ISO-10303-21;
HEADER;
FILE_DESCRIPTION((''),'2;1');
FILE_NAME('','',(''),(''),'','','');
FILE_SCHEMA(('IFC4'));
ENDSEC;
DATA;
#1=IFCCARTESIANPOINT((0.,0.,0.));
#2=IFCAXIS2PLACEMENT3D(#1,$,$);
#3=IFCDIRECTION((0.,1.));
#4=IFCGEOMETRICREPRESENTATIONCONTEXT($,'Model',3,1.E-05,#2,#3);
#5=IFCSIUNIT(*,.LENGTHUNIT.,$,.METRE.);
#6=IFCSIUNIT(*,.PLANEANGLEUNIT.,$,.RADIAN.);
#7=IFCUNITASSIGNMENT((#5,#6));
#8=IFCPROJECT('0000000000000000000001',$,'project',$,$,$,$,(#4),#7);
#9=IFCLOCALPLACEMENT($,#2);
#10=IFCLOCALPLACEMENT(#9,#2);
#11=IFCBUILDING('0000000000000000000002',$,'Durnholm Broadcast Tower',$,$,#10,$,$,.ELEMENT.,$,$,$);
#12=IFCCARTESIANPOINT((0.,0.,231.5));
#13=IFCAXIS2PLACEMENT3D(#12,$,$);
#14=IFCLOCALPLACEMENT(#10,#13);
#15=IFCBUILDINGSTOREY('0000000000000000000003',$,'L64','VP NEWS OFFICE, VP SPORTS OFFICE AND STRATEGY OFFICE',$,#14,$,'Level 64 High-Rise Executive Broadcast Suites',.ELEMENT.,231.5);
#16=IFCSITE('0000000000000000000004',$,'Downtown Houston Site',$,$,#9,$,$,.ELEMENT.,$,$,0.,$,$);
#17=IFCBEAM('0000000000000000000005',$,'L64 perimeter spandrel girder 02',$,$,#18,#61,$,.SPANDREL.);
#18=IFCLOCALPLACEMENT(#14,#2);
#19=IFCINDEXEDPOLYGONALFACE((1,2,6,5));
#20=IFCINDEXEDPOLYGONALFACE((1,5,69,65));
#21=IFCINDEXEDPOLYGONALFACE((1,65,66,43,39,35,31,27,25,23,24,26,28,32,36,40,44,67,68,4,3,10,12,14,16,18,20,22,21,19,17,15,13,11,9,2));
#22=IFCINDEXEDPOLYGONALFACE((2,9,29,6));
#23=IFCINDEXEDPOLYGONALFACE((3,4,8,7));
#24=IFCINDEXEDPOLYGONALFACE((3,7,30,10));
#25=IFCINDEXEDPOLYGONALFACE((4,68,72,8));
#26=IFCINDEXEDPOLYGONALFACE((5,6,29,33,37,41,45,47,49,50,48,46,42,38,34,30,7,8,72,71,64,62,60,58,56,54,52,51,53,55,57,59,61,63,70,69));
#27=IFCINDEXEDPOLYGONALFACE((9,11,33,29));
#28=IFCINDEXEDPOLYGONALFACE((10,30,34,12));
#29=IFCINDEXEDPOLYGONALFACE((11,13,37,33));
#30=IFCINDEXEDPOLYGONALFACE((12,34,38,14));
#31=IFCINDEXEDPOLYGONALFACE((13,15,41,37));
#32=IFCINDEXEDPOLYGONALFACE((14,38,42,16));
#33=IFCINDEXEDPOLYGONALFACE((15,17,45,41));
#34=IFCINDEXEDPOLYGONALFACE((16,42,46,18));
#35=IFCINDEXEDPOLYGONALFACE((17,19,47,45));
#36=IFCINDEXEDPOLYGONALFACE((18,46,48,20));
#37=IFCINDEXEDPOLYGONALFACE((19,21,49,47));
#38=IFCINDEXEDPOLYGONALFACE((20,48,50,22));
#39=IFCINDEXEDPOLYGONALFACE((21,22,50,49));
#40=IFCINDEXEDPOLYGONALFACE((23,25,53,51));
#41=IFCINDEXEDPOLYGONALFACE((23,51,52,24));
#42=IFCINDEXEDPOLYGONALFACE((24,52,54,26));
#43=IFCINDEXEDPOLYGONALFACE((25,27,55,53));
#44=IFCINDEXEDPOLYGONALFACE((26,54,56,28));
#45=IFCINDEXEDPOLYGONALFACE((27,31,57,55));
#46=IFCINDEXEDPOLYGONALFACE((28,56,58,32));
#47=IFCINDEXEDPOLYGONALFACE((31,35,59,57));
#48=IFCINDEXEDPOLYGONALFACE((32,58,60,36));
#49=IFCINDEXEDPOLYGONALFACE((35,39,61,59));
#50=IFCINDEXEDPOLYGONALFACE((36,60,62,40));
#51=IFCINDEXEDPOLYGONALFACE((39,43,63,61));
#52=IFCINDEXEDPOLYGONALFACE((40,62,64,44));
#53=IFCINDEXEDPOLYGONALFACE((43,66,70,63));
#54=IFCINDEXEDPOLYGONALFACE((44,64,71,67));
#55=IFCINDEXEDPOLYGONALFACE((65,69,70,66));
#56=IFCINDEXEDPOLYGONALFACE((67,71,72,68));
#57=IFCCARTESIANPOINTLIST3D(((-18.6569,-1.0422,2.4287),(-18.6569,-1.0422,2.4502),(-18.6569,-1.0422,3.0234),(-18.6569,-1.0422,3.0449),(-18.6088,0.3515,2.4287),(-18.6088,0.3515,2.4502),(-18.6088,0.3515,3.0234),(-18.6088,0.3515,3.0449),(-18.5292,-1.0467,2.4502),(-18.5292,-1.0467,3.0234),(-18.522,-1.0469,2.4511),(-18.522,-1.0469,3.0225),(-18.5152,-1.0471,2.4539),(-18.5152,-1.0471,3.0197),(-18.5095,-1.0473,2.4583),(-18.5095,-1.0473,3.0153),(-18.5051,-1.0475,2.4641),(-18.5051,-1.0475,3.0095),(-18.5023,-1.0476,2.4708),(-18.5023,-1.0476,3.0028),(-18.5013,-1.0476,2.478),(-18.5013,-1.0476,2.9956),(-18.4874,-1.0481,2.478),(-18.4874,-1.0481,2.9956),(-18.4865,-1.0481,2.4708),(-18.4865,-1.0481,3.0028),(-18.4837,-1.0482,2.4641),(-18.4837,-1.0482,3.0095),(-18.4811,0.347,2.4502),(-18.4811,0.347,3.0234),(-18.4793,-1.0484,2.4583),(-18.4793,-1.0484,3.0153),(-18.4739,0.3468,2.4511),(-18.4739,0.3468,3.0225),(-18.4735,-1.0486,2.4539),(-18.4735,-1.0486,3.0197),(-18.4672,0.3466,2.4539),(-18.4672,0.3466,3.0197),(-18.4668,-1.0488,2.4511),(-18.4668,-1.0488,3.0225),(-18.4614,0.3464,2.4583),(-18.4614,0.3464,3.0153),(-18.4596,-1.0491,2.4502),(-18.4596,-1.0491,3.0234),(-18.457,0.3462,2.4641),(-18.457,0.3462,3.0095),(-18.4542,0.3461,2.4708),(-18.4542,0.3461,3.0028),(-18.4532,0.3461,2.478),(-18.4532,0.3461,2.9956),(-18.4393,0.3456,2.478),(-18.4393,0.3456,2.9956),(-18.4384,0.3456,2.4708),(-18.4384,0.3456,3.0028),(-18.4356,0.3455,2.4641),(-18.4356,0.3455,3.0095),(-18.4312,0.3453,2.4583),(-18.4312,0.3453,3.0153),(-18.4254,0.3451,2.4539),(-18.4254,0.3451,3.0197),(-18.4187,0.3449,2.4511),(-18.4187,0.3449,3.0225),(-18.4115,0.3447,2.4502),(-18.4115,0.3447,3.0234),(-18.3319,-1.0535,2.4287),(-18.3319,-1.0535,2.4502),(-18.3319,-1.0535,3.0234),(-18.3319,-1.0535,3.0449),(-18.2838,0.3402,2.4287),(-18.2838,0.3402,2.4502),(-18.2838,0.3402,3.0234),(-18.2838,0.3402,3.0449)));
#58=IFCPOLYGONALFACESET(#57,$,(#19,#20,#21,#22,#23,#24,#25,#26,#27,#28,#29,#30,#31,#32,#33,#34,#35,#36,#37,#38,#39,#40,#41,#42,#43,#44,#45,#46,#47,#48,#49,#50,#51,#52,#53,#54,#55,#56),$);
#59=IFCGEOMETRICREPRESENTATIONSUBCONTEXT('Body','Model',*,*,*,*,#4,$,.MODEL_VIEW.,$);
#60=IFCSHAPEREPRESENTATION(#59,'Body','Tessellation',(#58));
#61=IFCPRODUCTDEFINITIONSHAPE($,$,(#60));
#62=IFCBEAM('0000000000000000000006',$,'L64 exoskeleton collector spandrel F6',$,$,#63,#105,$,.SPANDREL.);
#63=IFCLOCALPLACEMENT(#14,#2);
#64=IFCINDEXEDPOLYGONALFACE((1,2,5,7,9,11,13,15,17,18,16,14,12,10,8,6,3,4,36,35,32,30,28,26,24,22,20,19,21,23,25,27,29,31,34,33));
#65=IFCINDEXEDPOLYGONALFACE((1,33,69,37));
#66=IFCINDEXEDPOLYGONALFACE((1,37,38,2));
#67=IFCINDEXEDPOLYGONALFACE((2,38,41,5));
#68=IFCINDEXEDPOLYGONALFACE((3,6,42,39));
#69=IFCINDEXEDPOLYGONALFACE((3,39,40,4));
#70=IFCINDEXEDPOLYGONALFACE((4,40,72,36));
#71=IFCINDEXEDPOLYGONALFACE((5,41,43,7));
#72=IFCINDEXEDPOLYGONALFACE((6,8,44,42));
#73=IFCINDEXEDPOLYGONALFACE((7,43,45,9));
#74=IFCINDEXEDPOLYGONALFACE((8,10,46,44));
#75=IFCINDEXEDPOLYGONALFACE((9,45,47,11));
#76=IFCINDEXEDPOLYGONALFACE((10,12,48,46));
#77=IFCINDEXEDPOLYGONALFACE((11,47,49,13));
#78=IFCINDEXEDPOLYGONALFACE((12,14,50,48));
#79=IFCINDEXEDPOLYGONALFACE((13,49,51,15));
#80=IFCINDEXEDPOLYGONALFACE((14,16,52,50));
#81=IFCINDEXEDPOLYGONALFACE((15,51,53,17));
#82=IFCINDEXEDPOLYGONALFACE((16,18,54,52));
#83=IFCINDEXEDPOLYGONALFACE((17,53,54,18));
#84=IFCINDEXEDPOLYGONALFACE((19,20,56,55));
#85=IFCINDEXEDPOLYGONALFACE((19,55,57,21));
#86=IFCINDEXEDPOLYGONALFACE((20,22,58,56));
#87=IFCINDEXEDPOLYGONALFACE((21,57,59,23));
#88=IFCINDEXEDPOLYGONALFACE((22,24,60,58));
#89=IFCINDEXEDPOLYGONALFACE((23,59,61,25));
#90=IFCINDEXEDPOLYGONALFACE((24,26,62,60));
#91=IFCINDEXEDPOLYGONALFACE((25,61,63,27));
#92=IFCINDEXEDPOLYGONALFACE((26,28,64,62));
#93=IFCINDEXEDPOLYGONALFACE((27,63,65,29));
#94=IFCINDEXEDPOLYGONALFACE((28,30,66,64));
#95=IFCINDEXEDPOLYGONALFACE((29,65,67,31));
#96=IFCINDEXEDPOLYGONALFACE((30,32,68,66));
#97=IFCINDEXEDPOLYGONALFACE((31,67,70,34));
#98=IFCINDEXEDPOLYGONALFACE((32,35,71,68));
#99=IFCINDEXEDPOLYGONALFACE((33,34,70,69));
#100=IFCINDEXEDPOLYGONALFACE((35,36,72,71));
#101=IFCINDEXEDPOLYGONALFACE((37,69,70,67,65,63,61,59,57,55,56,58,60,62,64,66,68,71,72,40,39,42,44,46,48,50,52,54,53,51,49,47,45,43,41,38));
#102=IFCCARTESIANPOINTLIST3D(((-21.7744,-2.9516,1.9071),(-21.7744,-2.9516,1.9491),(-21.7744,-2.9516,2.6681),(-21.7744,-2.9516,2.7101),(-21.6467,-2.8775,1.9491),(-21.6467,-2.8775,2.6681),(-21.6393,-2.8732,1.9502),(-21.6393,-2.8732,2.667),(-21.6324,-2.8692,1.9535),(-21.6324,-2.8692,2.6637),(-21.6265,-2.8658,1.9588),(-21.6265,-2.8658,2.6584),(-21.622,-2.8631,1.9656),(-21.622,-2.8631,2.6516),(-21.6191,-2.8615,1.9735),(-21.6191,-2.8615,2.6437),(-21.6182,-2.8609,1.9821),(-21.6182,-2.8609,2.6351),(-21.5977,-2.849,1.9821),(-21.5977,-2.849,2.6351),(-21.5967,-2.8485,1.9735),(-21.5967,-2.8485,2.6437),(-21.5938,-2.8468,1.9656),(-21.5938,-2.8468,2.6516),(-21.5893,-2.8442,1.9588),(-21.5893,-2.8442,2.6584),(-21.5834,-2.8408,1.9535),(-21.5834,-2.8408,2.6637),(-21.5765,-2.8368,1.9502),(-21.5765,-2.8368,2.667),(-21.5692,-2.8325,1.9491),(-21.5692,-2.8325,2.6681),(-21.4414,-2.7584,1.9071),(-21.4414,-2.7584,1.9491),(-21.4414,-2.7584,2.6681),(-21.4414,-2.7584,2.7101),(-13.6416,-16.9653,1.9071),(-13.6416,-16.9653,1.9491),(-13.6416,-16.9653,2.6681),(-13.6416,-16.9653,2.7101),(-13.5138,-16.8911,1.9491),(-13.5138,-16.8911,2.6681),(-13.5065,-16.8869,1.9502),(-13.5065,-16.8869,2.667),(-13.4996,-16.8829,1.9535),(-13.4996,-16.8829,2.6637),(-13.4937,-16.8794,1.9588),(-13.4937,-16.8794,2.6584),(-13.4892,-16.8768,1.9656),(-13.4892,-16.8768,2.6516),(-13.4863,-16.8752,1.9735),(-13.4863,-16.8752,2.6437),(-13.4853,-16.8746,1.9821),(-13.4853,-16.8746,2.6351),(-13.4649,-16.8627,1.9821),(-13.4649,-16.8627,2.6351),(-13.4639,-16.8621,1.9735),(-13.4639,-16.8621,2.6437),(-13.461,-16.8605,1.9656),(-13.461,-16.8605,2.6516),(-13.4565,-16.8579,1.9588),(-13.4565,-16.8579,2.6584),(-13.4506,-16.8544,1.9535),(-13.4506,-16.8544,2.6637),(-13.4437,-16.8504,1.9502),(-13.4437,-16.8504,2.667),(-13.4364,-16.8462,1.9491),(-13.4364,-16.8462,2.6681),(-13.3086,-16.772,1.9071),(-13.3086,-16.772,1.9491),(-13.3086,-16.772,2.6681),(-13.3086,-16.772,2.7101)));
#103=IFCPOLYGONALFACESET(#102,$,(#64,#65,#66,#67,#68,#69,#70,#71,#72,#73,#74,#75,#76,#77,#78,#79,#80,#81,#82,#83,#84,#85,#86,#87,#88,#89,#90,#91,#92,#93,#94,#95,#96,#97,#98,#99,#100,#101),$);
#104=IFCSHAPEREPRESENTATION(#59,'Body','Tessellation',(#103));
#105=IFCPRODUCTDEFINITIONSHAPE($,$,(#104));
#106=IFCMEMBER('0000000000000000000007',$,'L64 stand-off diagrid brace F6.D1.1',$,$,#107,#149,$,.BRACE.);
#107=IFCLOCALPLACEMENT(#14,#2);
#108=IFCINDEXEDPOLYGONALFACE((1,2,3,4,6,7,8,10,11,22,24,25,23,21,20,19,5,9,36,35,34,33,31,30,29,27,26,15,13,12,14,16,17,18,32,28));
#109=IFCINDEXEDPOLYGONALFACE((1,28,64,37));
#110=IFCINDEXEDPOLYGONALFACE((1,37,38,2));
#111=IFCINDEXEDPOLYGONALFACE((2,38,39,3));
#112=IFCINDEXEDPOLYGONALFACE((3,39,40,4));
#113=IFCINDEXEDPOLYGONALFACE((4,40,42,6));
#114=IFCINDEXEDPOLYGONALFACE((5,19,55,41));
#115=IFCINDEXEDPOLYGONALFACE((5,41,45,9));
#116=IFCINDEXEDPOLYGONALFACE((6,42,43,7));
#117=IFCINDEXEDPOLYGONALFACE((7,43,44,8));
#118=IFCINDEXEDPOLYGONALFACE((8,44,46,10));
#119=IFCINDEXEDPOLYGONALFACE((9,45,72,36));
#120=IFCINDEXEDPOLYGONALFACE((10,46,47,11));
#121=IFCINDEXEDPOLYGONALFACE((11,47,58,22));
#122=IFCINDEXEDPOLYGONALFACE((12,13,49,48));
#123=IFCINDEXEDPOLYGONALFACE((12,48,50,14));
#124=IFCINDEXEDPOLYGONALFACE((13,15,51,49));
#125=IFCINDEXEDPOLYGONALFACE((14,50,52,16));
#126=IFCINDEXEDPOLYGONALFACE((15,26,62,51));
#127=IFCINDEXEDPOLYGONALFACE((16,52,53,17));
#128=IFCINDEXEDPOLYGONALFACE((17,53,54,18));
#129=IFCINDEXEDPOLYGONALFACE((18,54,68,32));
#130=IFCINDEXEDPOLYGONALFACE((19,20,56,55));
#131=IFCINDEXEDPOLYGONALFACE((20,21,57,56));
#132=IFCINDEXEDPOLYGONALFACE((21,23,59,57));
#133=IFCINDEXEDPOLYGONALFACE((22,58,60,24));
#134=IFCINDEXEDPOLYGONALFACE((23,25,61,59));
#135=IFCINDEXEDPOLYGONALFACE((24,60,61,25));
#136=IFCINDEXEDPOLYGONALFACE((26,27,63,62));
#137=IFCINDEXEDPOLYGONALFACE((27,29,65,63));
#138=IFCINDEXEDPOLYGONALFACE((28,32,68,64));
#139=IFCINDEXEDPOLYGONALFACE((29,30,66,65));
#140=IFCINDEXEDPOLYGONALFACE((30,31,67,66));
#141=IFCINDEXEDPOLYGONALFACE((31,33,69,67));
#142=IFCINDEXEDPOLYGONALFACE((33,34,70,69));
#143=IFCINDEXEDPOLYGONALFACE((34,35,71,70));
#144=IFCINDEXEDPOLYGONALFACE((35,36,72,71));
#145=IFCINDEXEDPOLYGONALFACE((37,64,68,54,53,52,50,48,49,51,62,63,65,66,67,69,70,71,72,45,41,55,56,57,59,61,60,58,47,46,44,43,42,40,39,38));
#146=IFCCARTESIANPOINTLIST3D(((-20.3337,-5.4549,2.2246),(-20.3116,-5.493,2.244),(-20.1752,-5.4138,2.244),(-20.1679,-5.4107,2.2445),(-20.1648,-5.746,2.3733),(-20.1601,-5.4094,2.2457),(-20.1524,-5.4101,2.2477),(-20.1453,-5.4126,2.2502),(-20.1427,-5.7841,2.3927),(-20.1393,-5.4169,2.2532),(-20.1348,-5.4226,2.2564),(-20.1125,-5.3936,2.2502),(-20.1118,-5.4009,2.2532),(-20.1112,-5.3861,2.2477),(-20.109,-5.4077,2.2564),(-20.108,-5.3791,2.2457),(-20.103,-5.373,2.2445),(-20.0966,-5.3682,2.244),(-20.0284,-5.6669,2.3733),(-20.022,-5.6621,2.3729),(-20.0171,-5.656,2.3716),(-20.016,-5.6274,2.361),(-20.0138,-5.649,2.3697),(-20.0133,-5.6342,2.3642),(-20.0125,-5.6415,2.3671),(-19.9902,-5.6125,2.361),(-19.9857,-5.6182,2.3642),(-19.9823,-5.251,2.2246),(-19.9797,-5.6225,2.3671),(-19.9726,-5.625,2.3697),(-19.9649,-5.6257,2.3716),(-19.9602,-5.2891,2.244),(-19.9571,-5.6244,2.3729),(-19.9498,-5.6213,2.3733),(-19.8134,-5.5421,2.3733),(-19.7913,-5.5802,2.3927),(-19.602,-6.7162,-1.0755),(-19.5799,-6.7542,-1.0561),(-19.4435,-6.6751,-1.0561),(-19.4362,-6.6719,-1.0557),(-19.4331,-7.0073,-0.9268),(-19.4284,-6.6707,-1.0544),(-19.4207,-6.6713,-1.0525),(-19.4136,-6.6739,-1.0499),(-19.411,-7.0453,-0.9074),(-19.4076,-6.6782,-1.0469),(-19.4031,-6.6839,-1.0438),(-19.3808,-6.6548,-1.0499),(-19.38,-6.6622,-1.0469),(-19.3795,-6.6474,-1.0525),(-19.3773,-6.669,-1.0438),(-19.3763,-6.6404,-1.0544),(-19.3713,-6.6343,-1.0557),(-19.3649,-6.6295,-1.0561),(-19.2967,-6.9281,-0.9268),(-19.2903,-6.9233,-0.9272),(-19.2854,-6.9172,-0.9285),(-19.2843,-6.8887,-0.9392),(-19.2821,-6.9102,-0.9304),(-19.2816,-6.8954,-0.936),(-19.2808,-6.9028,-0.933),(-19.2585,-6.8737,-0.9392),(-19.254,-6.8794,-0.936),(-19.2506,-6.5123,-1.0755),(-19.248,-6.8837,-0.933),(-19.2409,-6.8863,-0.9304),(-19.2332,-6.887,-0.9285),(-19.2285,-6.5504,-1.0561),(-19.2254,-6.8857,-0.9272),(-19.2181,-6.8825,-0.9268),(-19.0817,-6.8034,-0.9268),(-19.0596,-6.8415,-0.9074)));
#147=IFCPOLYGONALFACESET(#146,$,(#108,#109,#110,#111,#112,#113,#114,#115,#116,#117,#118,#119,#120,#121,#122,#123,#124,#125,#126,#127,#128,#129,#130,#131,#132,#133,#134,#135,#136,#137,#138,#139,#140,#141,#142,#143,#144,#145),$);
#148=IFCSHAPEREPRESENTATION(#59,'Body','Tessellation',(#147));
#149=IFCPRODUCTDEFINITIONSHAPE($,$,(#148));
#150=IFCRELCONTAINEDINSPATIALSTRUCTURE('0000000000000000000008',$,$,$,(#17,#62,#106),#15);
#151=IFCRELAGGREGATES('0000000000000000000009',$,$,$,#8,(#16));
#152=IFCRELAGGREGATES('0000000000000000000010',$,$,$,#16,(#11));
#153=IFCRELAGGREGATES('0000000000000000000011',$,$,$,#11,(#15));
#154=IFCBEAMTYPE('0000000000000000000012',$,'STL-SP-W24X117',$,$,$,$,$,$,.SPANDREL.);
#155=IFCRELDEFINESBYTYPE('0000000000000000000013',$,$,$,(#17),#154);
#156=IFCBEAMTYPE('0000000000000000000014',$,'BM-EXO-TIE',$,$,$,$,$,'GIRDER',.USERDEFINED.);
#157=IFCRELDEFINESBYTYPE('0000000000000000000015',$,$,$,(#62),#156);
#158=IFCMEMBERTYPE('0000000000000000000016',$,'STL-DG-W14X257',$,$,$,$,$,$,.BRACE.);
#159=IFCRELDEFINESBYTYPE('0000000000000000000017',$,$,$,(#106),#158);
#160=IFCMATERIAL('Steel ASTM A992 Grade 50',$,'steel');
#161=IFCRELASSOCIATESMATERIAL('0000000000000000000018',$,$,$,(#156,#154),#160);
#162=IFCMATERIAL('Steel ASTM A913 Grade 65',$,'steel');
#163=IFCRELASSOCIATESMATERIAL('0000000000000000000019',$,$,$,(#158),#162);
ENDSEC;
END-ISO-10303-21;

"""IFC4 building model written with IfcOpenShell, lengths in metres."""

from ifc_helpers import new_model, si_unit, direction, frame, origin, origin_2d, place, context, subcontext, project, spatial, i_section, extrude, source, transform, mapped, material, material_profile, profile_set, type_object, type_shapes, element, save


model = new_model("IFC4")

# Units and contexts
model_context = context("Model", 3, precision=1e-05, world=origin(), true_north=direction((0.0, 1.0)))
body_context = subcontext(model_context, "Body", "Model", "MODEL_VIEW")
ifc_project = project(units=[si_unit("LENGTHUNIT", "METRE"), si_unit("PLANEANGLEUNIT", "RADIAN")], contexts=[model_context])

# Site, building, storey
site_placement = place(None, origin())
site = spatial("IfcSite", under=ifc_project, at=site_placement, Name="Downtown Houston Site", CompositionType="ELEMENT", RefElevation=0.0)
building_placement = place(site_placement, origin())
building = spatial("IfcBuilding", under=site, at=building_placement, Name="Durnholm Broadcast Tower", CompositionType="ELEMENT")
storey_placement = place(building_placement, frame((0.0, 0.0, 231.5)))
storey = spatial("IfcBuildingStorey", under=building, at=storey_placement, Name="L64", Description="VP NEWS OFFICE, VP SPORTS OFFICE AND STRATEGY OFFICE", LongName="Level 64 High-Rise Executive Broadcast Suites", CompositionType="ELEMENT", Elevation=231.5)

# Beams
ifc_material_1 = material(Name="Steel ASTM A992 Grade 50", Category="steel")
ifc_material_profile_1 = material_profile(ifc_material_1, i_section(OverallWidth=0.385, OverallDepth=0.803, WebThickness=0.0237, FlangeThickness=0.042, FilletRadius=0.033, at=origin_2d()), Name="W30X261")
ifc_profile_set_1 = profile_set([ifc_material_profile_1], Name="Steel ASTM A992 Grade 50")
beam_type_1 = type_object("IfcBeamType", Name="BM-EXO-TIE", ElementType="GIRDER", PredefinedType="USERDEFINED", material=ifc_profile_set_1)
ifc_material_profile_2 = material_profile(ifc_material_1, i_section(OverallWidth=0.3252, OverallDepth=0.6162, WebThickness=0.0139, FlangeThickness=0.0215, FilletRadius=0.0278, at=origin_2d()), Name="W24X117")
ifc_profile_set_2 = profile_set([ifc_material_profile_2], Name="Steel ASTM A992 Grade 50")
beam_type_2 = type_object("IfcBeamType", Name="STL-SP-W24X117", PredefinedType="SPANDREL", material=ifc_profile_set_2)
shared_shape_1 = source(origin(), body_context, "Body", "SweptSolid", [
    extrude(i_section(OverallWidth=0.3252, OverallDepth=0.6162, WebThickness=0.0139, FlangeThickness=0.0215, FilletRadius=0.0278, at=origin_2d()), origin(), (0.0, 0.0, 1.0), 1.3945),
])
beam_1_placement = place(storey_placement, frame((-18.4944, -1.0479, 2.7368), z_axis=(0.034486, 0.999405, 0.0), x_axis=(-0.999405, 0.034486, 0.0)))
element("IfcBeam", 1, at=beam_1_placement, inside=storey, type_object=beam_type_2, Name="L64 perimeter spandrel girder 02", PredefinedType="SPANDREL", context=body_context, shape_type="MappedRepresentation", body=[
    mapped(shared_shape_1, transform((0.0, 0.0, 0.0), x_axis=(1.0, 0.0, 0.0), y_axis=(0.0, 1.0, 0.0), z_axis=(0.0, 0.0, 1.0), scale=1.0)),
])
shared_shape_2 = source(origin(), body_context, "Body", "SweptSolid", [
    extrude(i_section(OverallWidth=0.385, OverallDepth=0.803, WebThickness=0.0237, FlangeThickness=0.042, FilletRadius=0.033, at=origin_2d()), origin(), (0.0, 0.0, 1.0), 16.2026),
])
beam_2_placement = place(storey_placement, frame((-21.6079, -2.855, 2.3086), z_axis=(0.501944, -0.8649, 0.0), x_axis=(0.8649, 0.501944, 0.0)))
element("IfcBeam", 2, at=beam_2_placement, inside=storey, type_object=beam_type_1, Name="L64 exoskeleton collector spandrel F6", PredefinedType="SPANDREL", context=body_context, shape_type="MappedRepresentation", body=[
    mapped(shared_shape_2, transform((0.0, 0.0, 0.0), x_axis=(1.0, 0.0, 0.0), y_axis=(0.0, 1.0, 0.0), z_axis=(0.0, 0.0, 1.0), scale=1.0)),
])

# Member
ifc_material_2 = material(Name="Steel ASTM A913 Grade 65", Category="steel")
ifc_material_profile_3 = material_profile(ifc_material_2, i_section(OverallWidth=0.4062, OverallDepth=0.416, WebThickness=0.0298, FlangeThickness=0.0481, FilletRadius=0.0305, at=origin_2d()), Name="W14X257")
ifc_profile_set_3 = profile_set([ifc_material_profile_3], Name="Steel ASTM A913 Grade 65")
member_type_1 = type_object("IfcMemberType", Name="STL-DG-W14X257", PredefinedType="BRACE", material=ifc_profile_set_3)
shared_shape_3 = source(origin(), body_context, "Body", "SweptSolid", [
    extrude(i_section(OverallWidth=0.4062, OverallDepth=0.416, WebThickness=0.0298, FlangeThickness=0.0481, FilletRadius=0.0305, at=origin_2d()), origin(), (0.0, 0.0, 1.0), 3.6079),
])
type_shapes(member_type_1, [shared_shape_3])
for number, where, z_axis, x_axis, name in (
    (3, (-19.3308, -6.7788, -0.9915), (-0.202806, 0.349582, 0.914692), (-0.864979, -0.501808, 0.0), "L64 stand-off diagrid brace F6.D1.1"),
):
    element("IfcMember", number, at=place(storey_placement, frame(where, z_axis=z_axis, x_axis=x_axis)), inside=storey, type_object=member_type_1, Name=name, PredefinedType="BRACE", context=body_context, shape_type="MappedRepresentation", body=[
        mapped(shared_shape_3, transform((0.0, 0.0, 0.0), x_axis=(1.0, 0.0, 0.0), y_axis=(0.0, 1.0, 0.0), z_axis=(0.0, 0.0, 1.0), scale=1.0)),
    ])

save(model, "model.ifc")
